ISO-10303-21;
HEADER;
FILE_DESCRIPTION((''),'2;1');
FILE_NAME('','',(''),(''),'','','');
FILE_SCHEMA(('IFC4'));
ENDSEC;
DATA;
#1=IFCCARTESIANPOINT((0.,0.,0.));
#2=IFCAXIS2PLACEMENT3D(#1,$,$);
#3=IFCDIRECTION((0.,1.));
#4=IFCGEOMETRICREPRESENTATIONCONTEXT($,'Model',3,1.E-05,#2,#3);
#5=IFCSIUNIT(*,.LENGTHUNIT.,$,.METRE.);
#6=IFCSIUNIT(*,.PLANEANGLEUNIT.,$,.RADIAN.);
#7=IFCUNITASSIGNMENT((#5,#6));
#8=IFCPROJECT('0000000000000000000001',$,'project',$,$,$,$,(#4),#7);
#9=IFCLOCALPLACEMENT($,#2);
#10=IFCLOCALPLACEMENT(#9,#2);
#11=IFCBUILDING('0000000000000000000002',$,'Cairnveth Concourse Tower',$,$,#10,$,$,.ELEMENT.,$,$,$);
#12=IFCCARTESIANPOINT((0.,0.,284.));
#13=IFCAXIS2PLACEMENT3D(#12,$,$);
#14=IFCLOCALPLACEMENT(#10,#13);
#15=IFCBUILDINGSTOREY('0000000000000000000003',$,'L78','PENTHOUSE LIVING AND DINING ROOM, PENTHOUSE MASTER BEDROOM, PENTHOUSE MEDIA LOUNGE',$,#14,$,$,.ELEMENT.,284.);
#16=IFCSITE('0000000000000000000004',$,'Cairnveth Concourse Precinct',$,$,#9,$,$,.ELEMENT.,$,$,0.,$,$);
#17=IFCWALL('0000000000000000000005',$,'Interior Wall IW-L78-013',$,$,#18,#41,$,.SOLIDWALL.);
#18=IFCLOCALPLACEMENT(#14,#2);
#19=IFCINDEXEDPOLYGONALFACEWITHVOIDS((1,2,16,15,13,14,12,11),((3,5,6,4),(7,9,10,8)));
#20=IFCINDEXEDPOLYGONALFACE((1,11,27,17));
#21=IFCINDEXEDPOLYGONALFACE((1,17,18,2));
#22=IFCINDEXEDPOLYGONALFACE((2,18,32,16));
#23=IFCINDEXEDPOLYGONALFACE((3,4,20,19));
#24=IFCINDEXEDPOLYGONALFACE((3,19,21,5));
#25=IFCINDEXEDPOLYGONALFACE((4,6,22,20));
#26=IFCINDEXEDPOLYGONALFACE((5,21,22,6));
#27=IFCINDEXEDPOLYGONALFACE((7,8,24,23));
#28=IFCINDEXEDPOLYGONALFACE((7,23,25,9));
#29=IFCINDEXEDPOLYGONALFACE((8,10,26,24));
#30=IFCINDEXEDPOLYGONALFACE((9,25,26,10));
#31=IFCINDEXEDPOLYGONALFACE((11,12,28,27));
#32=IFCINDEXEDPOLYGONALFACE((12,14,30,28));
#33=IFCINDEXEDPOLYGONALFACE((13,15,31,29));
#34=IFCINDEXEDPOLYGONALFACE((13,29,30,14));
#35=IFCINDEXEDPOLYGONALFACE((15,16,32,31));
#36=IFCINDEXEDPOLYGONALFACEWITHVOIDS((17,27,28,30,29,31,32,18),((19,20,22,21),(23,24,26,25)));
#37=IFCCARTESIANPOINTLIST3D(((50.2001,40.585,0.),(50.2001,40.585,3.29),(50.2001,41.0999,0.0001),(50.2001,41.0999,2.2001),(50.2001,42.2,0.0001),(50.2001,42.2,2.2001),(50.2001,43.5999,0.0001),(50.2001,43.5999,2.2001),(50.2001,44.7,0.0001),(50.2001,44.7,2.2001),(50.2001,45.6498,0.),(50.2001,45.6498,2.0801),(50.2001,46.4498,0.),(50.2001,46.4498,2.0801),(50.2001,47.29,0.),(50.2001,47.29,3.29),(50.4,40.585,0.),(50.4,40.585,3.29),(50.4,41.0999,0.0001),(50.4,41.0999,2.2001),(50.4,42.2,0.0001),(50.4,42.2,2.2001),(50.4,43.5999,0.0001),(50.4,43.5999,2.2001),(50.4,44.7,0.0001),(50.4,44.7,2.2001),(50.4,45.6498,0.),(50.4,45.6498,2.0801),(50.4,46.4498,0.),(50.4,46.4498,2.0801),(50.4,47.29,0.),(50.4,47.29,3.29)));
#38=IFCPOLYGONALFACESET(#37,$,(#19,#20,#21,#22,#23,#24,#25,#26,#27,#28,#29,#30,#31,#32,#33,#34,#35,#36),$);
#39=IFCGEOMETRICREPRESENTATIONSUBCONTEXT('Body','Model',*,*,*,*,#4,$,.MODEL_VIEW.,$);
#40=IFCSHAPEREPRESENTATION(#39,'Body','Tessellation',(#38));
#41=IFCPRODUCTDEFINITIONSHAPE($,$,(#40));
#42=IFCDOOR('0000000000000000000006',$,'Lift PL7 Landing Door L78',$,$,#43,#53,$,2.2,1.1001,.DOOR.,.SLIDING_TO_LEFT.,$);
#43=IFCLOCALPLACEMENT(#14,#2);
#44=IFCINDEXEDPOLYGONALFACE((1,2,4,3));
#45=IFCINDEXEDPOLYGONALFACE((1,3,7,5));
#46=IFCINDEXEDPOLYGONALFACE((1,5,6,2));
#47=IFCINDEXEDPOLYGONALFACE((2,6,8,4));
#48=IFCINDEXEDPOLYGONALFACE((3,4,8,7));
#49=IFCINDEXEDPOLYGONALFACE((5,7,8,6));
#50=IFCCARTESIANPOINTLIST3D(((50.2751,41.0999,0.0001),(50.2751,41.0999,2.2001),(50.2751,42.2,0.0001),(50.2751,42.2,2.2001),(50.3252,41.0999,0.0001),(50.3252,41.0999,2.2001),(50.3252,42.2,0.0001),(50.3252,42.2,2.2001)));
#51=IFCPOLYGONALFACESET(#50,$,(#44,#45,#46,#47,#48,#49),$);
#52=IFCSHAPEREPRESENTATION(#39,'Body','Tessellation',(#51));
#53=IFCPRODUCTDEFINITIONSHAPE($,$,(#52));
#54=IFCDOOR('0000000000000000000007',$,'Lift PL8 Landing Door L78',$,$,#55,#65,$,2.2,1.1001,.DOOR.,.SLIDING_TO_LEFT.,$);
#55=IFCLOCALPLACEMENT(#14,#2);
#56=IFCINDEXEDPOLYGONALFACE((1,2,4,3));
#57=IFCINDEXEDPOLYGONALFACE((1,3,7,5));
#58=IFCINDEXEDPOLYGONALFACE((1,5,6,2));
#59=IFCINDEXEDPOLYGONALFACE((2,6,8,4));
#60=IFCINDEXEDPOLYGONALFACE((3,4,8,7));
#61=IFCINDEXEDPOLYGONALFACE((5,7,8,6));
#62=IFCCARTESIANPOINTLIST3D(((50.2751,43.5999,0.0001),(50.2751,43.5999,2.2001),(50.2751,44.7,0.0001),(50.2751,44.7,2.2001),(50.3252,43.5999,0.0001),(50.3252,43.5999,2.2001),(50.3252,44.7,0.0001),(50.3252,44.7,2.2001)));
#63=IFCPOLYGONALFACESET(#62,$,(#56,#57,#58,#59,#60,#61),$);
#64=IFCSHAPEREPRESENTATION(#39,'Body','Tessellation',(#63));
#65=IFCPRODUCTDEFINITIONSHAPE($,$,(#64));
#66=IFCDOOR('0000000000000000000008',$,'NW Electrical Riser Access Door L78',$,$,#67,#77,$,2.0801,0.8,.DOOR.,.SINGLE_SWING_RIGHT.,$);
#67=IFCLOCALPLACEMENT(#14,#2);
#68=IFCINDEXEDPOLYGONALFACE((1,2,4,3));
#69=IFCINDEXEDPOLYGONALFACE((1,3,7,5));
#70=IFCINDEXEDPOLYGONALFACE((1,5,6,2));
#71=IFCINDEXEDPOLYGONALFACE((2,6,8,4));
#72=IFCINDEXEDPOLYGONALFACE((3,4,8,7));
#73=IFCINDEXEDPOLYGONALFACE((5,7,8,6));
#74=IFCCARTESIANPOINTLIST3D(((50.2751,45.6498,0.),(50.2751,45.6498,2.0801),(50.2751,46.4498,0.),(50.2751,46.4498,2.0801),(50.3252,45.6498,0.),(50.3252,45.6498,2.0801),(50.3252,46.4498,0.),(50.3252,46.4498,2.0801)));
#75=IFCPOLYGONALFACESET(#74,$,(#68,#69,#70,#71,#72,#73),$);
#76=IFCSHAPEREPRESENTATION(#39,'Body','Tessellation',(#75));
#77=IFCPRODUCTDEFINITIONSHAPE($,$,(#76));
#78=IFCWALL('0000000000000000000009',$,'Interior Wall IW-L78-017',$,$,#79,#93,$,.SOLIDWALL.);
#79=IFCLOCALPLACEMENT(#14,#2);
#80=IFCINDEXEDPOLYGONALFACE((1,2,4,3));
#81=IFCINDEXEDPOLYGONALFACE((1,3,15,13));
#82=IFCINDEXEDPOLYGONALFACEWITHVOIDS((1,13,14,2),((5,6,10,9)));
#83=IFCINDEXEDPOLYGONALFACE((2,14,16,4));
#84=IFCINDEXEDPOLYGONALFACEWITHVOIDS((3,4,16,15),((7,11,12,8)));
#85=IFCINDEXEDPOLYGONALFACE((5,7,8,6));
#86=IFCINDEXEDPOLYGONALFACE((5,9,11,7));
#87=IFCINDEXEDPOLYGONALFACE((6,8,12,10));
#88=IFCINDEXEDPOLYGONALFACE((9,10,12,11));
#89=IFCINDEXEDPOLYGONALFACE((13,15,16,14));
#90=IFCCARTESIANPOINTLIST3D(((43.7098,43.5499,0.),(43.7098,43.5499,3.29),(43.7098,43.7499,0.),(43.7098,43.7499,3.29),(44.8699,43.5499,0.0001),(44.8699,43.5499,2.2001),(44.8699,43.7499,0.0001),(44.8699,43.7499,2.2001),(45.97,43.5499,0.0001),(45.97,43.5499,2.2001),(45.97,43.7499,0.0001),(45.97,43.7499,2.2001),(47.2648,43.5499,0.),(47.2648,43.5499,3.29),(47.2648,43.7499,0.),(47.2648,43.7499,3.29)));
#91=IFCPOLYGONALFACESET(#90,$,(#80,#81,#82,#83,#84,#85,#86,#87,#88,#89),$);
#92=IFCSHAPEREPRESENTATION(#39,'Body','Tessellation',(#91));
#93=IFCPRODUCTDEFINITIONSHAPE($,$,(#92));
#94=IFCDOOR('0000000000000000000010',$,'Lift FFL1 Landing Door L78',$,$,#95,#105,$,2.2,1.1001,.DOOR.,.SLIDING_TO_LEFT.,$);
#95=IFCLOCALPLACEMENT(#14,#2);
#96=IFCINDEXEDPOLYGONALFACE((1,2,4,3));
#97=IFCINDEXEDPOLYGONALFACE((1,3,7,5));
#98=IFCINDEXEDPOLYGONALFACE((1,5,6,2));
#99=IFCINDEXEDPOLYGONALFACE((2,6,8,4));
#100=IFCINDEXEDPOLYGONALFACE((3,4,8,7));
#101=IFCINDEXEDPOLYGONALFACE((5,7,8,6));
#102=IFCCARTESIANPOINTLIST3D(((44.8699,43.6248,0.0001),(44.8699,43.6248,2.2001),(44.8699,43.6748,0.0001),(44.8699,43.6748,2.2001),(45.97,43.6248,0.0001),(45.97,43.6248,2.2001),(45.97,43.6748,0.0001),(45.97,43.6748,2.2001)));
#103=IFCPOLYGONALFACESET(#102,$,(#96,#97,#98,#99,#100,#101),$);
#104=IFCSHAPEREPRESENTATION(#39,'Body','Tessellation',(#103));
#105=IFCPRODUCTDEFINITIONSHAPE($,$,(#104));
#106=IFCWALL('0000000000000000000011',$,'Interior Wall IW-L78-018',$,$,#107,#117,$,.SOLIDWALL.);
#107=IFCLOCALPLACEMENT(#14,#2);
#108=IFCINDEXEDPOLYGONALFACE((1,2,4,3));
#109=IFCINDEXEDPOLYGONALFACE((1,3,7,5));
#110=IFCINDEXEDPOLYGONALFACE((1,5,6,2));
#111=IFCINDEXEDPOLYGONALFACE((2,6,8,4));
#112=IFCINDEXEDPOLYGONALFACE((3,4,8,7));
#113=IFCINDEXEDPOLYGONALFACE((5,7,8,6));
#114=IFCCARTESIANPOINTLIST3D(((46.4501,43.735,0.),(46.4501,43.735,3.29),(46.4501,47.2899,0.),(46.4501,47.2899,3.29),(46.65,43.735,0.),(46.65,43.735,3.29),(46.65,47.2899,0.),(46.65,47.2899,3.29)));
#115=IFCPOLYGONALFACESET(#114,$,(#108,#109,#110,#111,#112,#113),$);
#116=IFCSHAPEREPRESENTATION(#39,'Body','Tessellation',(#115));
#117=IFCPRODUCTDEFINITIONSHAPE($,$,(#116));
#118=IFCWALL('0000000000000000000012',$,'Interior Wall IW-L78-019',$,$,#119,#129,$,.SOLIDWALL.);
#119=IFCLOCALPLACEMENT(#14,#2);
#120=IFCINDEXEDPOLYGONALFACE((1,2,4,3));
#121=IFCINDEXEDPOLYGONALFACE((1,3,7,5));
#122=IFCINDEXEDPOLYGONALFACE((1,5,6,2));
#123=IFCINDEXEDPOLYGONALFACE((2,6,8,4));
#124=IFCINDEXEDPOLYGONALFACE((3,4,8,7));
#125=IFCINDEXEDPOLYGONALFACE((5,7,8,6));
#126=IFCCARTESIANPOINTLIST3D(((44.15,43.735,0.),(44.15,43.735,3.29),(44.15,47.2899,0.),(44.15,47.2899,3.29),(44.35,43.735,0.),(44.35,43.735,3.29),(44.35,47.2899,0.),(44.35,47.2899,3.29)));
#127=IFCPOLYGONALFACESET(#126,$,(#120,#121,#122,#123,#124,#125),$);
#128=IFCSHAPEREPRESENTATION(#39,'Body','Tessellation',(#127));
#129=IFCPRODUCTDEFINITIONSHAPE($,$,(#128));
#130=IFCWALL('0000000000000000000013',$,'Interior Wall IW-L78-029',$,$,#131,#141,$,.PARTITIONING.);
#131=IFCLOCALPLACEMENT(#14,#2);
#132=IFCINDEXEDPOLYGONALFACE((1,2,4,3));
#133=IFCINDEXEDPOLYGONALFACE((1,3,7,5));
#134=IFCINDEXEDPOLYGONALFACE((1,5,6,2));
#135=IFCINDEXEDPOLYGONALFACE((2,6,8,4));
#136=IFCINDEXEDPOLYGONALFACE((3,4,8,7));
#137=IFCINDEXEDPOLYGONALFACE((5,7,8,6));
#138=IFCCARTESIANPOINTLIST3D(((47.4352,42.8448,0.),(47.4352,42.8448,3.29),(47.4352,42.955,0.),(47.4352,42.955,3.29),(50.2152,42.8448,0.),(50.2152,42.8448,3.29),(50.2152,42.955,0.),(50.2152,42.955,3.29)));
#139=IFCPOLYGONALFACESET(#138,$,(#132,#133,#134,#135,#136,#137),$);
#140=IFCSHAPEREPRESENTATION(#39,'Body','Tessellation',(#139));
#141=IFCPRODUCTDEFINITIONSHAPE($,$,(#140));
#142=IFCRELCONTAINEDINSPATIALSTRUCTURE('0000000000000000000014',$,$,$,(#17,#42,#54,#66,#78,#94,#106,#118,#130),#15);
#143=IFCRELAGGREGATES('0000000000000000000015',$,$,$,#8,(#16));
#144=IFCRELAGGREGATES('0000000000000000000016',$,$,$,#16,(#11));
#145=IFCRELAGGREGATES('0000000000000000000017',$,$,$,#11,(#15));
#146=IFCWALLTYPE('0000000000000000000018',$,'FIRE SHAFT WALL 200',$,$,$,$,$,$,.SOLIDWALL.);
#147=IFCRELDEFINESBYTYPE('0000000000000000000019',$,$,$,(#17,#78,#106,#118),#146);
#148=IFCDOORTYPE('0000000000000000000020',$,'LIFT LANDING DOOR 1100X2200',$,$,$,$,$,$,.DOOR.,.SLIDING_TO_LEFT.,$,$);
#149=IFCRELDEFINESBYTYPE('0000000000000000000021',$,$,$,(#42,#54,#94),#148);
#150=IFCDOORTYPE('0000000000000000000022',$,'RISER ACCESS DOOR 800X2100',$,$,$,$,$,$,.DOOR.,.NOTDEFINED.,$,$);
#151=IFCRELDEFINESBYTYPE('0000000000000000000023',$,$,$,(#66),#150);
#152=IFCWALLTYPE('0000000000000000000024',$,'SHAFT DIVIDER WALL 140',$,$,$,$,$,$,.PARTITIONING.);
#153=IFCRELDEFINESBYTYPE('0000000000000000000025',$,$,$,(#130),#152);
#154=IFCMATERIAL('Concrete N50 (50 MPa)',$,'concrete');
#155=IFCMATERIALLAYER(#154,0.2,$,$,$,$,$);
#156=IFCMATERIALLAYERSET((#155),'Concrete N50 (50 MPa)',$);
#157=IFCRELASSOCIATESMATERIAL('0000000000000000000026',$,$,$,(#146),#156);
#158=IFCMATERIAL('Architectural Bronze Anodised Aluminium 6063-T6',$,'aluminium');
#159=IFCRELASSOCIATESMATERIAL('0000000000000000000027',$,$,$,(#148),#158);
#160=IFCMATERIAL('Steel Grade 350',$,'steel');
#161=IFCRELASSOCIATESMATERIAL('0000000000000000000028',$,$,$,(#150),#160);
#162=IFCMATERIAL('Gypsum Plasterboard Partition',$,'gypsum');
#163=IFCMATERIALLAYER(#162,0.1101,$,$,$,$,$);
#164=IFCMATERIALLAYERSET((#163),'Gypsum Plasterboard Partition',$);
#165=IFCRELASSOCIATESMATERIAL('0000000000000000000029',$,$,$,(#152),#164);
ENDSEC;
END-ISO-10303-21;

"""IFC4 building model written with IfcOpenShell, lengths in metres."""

from ifc_helpers import new_model, si_unit, direction, frame, frame_2d, origin, place, context, subcontext, project, spatial, rectangle, extrude, material, layer, layer_set, type_object, element, fill, save


model = new_model("IFC4")

# Units and contexts
model_context = context("Model", 3, precision=1e-05, world=origin(), true_north=direction((0.0, 1.0)))
body_context = subcontext(model_context, "Body", "Model", "MODEL_VIEW")
ifc_project = project(units=[si_unit("LENGTHUNIT", "METRE"), si_unit("PLANEANGLEUNIT", "RADIAN")], contexts=[model_context])

# Site, building, storey
site_placement = place(None, origin())
site = spatial("IfcSite", under=ifc_project, at=site_placement, Name="Cairnveth Concourse Precinct", CompositionType="ELEMENT", RefElevation=0.0)
building_placement = place(site_placement, origin())
building = spatial("IfcBuilding", under=site, at=building_placement, Name="Cairnveth Concourse Tower", CompositionType="ELEMENT")
storey_placement = place(building_placement, frame((0.0, 0.0, 284.0)))
storey = spatial("IfcBuildingStorey", under=building, at=storey_placement, Name="L78", Description="PENTHOUSE LIVING AND DINING ROOM, PENTHOUSE MASTER BEDROOM, PENTHOUSE MEDIA LOUNGE", CompositionType="ELEMENT", Elevation=284.0)

# Shared definitions
ifc_material_1 = material(Name="Steel Grade 350", Category="steel")

# Shared definitions
ifc_material_2 = material(Name="Concrete N50 (50 MPa)", Category="concrete")

# Shared definitions
ifc_layer_1 = layer(ifc_material_2, 0.2)
ifc_layer_set_1 = layer_set([ifc_layer_1], Name="Concrete N50 (50 MPa)")
wall_type_1 = type_object("IfcWallType", Name="FIRE SHAFT WALL 200", PredefinedType="SOLIDWALL", material=ifc_layer_set_1)

# Wall, openings, doors
wall_1_placement = place(storey_placement, frame((50.3, 40.585, 0.0), z_axis=(0.0, 0.0, 1.0), x_axis=(0.0, 1.0, 0.0)))
wall_1 = element("IfcWall", 1, at=wall_1_placement, inside=storey, type_object=wall_type_1, Name="Interior Wall IW-L78-013", PredefinedType="SOLIDWALL", context=body_context, shape_type="SweptSolid", body=[
    extrude(rectangle(XDim=6.7051, YDim=0.2, at=frame_2d((3.3525, 0.0))), origin(), (0.0, 0.0, 1.0), 3.29),
])
opening_1_placement = place(wall_1_placement, frame((0.5149, 0.0, 0.0)))
opening_1 = element("IfcOpeningElement", 2, at=opening_1_placement, cuts=wall_1, PredefinedType="OPENING", context=body_context, shape_type="SweptSolid", body=[
    extrude(rectangle(XDim=1.1001, YDim=2.2, at=frame_2d((0.55, 1.1001))), frame((0.0, 0.1099, 0.0), z_axis=(0.0, -1.0, 0.0), x_axis=(1.0, 0.0, 0.0)), (0.0, 0.0, 1.0), 0.22),
])
opening_2_placement = place(wall_1_placement, frame((3.0149, 0.0, 0.0)))
opening_2 = element("IfcOpeningElement", 3, at=opening_2_placement, cuts=wall_1, PredefinedType="OPENING", context=body_context, shape_type="SweptSolid", body=[
    extrude(rectangle(XDim=1.1001, YDim=2.2, at=frame_2d((0.55, 1.1001))), frame((0.0, 0.1099, 0.0), z_axis=(0.0, -1.0, 0.0), x_axis=(1.0, 0.0, 0.0)), (0.0, 0.0, 1.0), 0.22),
])
opening_3_placement = place(wall_1_placement, frame((5.0649, 0.0, 0.0)))
opening_3 = element("IfcOpeningElement", 4, at=opening_3_placement, cuts=wall_1, PredefinedType="OPENING", context=body_context, shape_type="SweptSolid", body=[
    extrude(rectangle(XDim=0.8, YDim=2.0801, at=frame_2d((0.3999, 1.04))), frame((0.0, 0.1099, 0.0), z_axis=(0.0, -1.0, 0.0), x_axis=(1.0, 0.0, 0.0)), (0.0, 0.0, 1.0), 0.22),
])
ifc_material_3 = material(Name="Architectural Bronze Anodised Aluminium 6063-T6", Category="aluminium")
door_type_1 = type_object("IfcDoorType", Name="LIFT LANDING DOOR 1100X2200", OperationType="SLIDING_TO_LEFT", PredefinedType="DOOR", material=ifc_material_3)
door_1_placement = place(opening_1_placement, origin())
door_1 = element("IfcDoor", 5, at=door_1_placement, inside=storey, type_object=door_type_1, Name="Lift PL7 Landing Door L78", OperationType="SLIDING_TO_LEFT", OverallHeight=2.2, OverallWidth=1.1001, PredefinedType="DOOR", context=body_context, shape_type="SweptSolid", body=[
    extrude(rectangle(XDim=1.1001, YDim=2.2, at=frame_2d((0.55, 1.1001))), frame((0.0, 0.0249, 0.0), z_axis=(0.0, -1.0, 0.0), x_axis=(1.0, 0.0, 0.0)), (0.0, 0.0, 1.0), 0.05),
])
fill(opening_1, door_1)
door_2_placement = place(opening_2_placement, origin())
door_2 = element("IfcDoor", 6, at=door_2_placement, inside=storey, type_object=door_type_1, Name="Lift PL8 Landing Door L78", OperationType="SLIDING_TO_LEFT", OverallHeight=2.2, OverallWidth=1.1001, PredefinedType="DOOR", context=body_context, shape_type="SweptSolid", body=[
    extrude(rectangle(XDim=1.1001, YDim=2.2, at=frame_2d((0.55, 1.1001))), frame((0.0, 0.0249, 0.0), z_axis=(0.0, -1.0, 0.0), x_axis=(1.0, 0.0, 0.0)), (0.0, 0.0, 1.0), 0.05),
])
fill(opening_2, door_2)
door_type_2 = type_object("IfcDoorType", Name="RISER ACCESS DOOR 800X2100", OperationType="NOTDEFINED", PredefinedType="DOOR", material=ifc_material_1)
door_3_placement = place(opening_3_placement, origin())
door_3 = element("IfcDoor", 7, at=door_3_placement, inside=storey, type_object=door_type_2, Name="NW Electrical Riser Access Door L78", OperationType="SINGLE_SWING_RIGHT", OverallHeight=2.0801, OverallWidth=0.8, PredefinedType="DOOR", context=body_context, shape_type="SweptSolid", body=[
    extrude(rectangle(XDim=0.8, YDim=2.0801, at=frame_2d((0.3999, 1.04))), frame((0.0, 0.0249, 0.0), z_axis=(0.0, -1.0, 0.0), x_axis=(1.0, 0.0, 0.0)), (0.0, 0.0, 1.0), 0.05),
])
fill(opening_3, door_3)

# Wall, opening, door
wall_2_placement = place(storey_placement, frame((43.71, 43.6499, 0.0), z_axis=(0.0, 0.0, 1.0), x_axis=(1.0, 0.0, 0.0)))
wall_2 = element("IfcWall", 8, at=wall_2_placement, inside=storey, type_object=wall_type_1, Name="Interior Wall IW-L78-017", PredefinedType="SOLIDWALL", context=body_context, shape_type="SweptSolid", body=[
    extrude(rectangle(XDim=3.5549, YDim=0.2, at=frame_2d((1.7773, 0.0))), origin(), (0.0, 0.0, 1.0), 3.29),
])
opening_4_placement = place(wall_2_placement, frame((1.1599, 0.0, 0.0)))
opening_4 = element("IfcOpeningElement", 9, at=opening_4_placement, cuts=wall_2, PredefinedType="OPENING", context=body_context, shape_type="SweptSolid", body=[
    extrude(rectangle(XDim=1.1001, YDim=2.2, at=frame_2d((0.55, 1.1001))), frame((0.0, 0.1099, 0.0), z_axis=(0.0, -1.0, 0.0), x_axis=(1.0, 0.0, 0.0)), (0.0, 0.0, 1.0), 0.22),
])
door_4_placement = place(opening_4_placement, origin())
door_4 = element("IfcDoor", 10, at=door_4_placement, inside=storey, type_object=door_type_1, Name="Lift FFL1 Landing Door L78", OperationType="SLIDING_TO_LEFT", OverallHeight=2.2, OverallWidth=1.1001, PredefinedType="DOOR", context=body_context, shape_type="SweptSolid", body=[
    extrude(rectangle(XDim=1.1001, YDim=2.2, at=frame_2d((0.55, 1.1001))), frame((0.0, 0.0249, 0.0), z_axis=(0.0, -1.0, 0.0), x_axis=(1.0, 0.0, 0.0)), (0.0, 0.0, 1.0), 0.05),
])
fill(opening_4, door_4)

# Walls
for number, where, z_axis, x_axis, name in (
    (11, (46.55, 43.7351, 0.0), (0.0, 0.0, 1.0), (0.0, 1.0, 0.0), "Interior Wall IW-L78-018"),
    (12, (44.25, 43.7351, 0.0), (0.0, 0.0, 1.0), (0.0, 1.0, 0.0), "Interior Wall IW-L78-019"),
):
    element("IfcWall", number, at=place(storey_placement, frame(where, z_axis=z_axis, x_axis=x_axis)), inside=storey, type_object=wall_type_1, Name=name, PredefinedType="SOLIDWALL", context=body_context, shape_type="SweptSolid", body=[
        extrude(rectangle(XDim=3.5549, YDim=0.2, at=frame_2d((1.7773, 0.0))), origin(), (0.0, 0.0, 1.0), 3.29),
    ])
ifc_material_4 = material(Name="Gypsum Plasterboard Partition", Category="gypsum")
ifc_layer_2 = layer(ifc_material_4, 0.1101)
ifc_layer_set_2 = layer_set([ifc_layer_2], Name="Gypsum Plasterboard Partition")
wall_type_2 = type_object("IfcWallType", Name="SHAFT DIVIDER WALL 140", PredefinedType="PARTITIONING", material=ifc_layer_set_2)
wall_3_placement = place(storey_placement, frame((47.4351, 42.8999, 0.0), z_axis=(0.0, 0.0, 1.0), x_axis=(1.0, 0.0, 0.0)))
element("IfcWall", 13, at=wall_3_placement, inside=storey, type_object=wall_type_2, Name="Interior Wall IW-L78-029", PredefinedType="PARTITIONING", context=body_context, shape_type="SweptSolid", body=[
    extrude(rectangle(XDim=2.78, YDim=0.1101, at=frame_2d((1.3901, 0.0))), origin(), (0.0, 0.0, 1.0), 3.29),
])

save(model, "model.ifc")
